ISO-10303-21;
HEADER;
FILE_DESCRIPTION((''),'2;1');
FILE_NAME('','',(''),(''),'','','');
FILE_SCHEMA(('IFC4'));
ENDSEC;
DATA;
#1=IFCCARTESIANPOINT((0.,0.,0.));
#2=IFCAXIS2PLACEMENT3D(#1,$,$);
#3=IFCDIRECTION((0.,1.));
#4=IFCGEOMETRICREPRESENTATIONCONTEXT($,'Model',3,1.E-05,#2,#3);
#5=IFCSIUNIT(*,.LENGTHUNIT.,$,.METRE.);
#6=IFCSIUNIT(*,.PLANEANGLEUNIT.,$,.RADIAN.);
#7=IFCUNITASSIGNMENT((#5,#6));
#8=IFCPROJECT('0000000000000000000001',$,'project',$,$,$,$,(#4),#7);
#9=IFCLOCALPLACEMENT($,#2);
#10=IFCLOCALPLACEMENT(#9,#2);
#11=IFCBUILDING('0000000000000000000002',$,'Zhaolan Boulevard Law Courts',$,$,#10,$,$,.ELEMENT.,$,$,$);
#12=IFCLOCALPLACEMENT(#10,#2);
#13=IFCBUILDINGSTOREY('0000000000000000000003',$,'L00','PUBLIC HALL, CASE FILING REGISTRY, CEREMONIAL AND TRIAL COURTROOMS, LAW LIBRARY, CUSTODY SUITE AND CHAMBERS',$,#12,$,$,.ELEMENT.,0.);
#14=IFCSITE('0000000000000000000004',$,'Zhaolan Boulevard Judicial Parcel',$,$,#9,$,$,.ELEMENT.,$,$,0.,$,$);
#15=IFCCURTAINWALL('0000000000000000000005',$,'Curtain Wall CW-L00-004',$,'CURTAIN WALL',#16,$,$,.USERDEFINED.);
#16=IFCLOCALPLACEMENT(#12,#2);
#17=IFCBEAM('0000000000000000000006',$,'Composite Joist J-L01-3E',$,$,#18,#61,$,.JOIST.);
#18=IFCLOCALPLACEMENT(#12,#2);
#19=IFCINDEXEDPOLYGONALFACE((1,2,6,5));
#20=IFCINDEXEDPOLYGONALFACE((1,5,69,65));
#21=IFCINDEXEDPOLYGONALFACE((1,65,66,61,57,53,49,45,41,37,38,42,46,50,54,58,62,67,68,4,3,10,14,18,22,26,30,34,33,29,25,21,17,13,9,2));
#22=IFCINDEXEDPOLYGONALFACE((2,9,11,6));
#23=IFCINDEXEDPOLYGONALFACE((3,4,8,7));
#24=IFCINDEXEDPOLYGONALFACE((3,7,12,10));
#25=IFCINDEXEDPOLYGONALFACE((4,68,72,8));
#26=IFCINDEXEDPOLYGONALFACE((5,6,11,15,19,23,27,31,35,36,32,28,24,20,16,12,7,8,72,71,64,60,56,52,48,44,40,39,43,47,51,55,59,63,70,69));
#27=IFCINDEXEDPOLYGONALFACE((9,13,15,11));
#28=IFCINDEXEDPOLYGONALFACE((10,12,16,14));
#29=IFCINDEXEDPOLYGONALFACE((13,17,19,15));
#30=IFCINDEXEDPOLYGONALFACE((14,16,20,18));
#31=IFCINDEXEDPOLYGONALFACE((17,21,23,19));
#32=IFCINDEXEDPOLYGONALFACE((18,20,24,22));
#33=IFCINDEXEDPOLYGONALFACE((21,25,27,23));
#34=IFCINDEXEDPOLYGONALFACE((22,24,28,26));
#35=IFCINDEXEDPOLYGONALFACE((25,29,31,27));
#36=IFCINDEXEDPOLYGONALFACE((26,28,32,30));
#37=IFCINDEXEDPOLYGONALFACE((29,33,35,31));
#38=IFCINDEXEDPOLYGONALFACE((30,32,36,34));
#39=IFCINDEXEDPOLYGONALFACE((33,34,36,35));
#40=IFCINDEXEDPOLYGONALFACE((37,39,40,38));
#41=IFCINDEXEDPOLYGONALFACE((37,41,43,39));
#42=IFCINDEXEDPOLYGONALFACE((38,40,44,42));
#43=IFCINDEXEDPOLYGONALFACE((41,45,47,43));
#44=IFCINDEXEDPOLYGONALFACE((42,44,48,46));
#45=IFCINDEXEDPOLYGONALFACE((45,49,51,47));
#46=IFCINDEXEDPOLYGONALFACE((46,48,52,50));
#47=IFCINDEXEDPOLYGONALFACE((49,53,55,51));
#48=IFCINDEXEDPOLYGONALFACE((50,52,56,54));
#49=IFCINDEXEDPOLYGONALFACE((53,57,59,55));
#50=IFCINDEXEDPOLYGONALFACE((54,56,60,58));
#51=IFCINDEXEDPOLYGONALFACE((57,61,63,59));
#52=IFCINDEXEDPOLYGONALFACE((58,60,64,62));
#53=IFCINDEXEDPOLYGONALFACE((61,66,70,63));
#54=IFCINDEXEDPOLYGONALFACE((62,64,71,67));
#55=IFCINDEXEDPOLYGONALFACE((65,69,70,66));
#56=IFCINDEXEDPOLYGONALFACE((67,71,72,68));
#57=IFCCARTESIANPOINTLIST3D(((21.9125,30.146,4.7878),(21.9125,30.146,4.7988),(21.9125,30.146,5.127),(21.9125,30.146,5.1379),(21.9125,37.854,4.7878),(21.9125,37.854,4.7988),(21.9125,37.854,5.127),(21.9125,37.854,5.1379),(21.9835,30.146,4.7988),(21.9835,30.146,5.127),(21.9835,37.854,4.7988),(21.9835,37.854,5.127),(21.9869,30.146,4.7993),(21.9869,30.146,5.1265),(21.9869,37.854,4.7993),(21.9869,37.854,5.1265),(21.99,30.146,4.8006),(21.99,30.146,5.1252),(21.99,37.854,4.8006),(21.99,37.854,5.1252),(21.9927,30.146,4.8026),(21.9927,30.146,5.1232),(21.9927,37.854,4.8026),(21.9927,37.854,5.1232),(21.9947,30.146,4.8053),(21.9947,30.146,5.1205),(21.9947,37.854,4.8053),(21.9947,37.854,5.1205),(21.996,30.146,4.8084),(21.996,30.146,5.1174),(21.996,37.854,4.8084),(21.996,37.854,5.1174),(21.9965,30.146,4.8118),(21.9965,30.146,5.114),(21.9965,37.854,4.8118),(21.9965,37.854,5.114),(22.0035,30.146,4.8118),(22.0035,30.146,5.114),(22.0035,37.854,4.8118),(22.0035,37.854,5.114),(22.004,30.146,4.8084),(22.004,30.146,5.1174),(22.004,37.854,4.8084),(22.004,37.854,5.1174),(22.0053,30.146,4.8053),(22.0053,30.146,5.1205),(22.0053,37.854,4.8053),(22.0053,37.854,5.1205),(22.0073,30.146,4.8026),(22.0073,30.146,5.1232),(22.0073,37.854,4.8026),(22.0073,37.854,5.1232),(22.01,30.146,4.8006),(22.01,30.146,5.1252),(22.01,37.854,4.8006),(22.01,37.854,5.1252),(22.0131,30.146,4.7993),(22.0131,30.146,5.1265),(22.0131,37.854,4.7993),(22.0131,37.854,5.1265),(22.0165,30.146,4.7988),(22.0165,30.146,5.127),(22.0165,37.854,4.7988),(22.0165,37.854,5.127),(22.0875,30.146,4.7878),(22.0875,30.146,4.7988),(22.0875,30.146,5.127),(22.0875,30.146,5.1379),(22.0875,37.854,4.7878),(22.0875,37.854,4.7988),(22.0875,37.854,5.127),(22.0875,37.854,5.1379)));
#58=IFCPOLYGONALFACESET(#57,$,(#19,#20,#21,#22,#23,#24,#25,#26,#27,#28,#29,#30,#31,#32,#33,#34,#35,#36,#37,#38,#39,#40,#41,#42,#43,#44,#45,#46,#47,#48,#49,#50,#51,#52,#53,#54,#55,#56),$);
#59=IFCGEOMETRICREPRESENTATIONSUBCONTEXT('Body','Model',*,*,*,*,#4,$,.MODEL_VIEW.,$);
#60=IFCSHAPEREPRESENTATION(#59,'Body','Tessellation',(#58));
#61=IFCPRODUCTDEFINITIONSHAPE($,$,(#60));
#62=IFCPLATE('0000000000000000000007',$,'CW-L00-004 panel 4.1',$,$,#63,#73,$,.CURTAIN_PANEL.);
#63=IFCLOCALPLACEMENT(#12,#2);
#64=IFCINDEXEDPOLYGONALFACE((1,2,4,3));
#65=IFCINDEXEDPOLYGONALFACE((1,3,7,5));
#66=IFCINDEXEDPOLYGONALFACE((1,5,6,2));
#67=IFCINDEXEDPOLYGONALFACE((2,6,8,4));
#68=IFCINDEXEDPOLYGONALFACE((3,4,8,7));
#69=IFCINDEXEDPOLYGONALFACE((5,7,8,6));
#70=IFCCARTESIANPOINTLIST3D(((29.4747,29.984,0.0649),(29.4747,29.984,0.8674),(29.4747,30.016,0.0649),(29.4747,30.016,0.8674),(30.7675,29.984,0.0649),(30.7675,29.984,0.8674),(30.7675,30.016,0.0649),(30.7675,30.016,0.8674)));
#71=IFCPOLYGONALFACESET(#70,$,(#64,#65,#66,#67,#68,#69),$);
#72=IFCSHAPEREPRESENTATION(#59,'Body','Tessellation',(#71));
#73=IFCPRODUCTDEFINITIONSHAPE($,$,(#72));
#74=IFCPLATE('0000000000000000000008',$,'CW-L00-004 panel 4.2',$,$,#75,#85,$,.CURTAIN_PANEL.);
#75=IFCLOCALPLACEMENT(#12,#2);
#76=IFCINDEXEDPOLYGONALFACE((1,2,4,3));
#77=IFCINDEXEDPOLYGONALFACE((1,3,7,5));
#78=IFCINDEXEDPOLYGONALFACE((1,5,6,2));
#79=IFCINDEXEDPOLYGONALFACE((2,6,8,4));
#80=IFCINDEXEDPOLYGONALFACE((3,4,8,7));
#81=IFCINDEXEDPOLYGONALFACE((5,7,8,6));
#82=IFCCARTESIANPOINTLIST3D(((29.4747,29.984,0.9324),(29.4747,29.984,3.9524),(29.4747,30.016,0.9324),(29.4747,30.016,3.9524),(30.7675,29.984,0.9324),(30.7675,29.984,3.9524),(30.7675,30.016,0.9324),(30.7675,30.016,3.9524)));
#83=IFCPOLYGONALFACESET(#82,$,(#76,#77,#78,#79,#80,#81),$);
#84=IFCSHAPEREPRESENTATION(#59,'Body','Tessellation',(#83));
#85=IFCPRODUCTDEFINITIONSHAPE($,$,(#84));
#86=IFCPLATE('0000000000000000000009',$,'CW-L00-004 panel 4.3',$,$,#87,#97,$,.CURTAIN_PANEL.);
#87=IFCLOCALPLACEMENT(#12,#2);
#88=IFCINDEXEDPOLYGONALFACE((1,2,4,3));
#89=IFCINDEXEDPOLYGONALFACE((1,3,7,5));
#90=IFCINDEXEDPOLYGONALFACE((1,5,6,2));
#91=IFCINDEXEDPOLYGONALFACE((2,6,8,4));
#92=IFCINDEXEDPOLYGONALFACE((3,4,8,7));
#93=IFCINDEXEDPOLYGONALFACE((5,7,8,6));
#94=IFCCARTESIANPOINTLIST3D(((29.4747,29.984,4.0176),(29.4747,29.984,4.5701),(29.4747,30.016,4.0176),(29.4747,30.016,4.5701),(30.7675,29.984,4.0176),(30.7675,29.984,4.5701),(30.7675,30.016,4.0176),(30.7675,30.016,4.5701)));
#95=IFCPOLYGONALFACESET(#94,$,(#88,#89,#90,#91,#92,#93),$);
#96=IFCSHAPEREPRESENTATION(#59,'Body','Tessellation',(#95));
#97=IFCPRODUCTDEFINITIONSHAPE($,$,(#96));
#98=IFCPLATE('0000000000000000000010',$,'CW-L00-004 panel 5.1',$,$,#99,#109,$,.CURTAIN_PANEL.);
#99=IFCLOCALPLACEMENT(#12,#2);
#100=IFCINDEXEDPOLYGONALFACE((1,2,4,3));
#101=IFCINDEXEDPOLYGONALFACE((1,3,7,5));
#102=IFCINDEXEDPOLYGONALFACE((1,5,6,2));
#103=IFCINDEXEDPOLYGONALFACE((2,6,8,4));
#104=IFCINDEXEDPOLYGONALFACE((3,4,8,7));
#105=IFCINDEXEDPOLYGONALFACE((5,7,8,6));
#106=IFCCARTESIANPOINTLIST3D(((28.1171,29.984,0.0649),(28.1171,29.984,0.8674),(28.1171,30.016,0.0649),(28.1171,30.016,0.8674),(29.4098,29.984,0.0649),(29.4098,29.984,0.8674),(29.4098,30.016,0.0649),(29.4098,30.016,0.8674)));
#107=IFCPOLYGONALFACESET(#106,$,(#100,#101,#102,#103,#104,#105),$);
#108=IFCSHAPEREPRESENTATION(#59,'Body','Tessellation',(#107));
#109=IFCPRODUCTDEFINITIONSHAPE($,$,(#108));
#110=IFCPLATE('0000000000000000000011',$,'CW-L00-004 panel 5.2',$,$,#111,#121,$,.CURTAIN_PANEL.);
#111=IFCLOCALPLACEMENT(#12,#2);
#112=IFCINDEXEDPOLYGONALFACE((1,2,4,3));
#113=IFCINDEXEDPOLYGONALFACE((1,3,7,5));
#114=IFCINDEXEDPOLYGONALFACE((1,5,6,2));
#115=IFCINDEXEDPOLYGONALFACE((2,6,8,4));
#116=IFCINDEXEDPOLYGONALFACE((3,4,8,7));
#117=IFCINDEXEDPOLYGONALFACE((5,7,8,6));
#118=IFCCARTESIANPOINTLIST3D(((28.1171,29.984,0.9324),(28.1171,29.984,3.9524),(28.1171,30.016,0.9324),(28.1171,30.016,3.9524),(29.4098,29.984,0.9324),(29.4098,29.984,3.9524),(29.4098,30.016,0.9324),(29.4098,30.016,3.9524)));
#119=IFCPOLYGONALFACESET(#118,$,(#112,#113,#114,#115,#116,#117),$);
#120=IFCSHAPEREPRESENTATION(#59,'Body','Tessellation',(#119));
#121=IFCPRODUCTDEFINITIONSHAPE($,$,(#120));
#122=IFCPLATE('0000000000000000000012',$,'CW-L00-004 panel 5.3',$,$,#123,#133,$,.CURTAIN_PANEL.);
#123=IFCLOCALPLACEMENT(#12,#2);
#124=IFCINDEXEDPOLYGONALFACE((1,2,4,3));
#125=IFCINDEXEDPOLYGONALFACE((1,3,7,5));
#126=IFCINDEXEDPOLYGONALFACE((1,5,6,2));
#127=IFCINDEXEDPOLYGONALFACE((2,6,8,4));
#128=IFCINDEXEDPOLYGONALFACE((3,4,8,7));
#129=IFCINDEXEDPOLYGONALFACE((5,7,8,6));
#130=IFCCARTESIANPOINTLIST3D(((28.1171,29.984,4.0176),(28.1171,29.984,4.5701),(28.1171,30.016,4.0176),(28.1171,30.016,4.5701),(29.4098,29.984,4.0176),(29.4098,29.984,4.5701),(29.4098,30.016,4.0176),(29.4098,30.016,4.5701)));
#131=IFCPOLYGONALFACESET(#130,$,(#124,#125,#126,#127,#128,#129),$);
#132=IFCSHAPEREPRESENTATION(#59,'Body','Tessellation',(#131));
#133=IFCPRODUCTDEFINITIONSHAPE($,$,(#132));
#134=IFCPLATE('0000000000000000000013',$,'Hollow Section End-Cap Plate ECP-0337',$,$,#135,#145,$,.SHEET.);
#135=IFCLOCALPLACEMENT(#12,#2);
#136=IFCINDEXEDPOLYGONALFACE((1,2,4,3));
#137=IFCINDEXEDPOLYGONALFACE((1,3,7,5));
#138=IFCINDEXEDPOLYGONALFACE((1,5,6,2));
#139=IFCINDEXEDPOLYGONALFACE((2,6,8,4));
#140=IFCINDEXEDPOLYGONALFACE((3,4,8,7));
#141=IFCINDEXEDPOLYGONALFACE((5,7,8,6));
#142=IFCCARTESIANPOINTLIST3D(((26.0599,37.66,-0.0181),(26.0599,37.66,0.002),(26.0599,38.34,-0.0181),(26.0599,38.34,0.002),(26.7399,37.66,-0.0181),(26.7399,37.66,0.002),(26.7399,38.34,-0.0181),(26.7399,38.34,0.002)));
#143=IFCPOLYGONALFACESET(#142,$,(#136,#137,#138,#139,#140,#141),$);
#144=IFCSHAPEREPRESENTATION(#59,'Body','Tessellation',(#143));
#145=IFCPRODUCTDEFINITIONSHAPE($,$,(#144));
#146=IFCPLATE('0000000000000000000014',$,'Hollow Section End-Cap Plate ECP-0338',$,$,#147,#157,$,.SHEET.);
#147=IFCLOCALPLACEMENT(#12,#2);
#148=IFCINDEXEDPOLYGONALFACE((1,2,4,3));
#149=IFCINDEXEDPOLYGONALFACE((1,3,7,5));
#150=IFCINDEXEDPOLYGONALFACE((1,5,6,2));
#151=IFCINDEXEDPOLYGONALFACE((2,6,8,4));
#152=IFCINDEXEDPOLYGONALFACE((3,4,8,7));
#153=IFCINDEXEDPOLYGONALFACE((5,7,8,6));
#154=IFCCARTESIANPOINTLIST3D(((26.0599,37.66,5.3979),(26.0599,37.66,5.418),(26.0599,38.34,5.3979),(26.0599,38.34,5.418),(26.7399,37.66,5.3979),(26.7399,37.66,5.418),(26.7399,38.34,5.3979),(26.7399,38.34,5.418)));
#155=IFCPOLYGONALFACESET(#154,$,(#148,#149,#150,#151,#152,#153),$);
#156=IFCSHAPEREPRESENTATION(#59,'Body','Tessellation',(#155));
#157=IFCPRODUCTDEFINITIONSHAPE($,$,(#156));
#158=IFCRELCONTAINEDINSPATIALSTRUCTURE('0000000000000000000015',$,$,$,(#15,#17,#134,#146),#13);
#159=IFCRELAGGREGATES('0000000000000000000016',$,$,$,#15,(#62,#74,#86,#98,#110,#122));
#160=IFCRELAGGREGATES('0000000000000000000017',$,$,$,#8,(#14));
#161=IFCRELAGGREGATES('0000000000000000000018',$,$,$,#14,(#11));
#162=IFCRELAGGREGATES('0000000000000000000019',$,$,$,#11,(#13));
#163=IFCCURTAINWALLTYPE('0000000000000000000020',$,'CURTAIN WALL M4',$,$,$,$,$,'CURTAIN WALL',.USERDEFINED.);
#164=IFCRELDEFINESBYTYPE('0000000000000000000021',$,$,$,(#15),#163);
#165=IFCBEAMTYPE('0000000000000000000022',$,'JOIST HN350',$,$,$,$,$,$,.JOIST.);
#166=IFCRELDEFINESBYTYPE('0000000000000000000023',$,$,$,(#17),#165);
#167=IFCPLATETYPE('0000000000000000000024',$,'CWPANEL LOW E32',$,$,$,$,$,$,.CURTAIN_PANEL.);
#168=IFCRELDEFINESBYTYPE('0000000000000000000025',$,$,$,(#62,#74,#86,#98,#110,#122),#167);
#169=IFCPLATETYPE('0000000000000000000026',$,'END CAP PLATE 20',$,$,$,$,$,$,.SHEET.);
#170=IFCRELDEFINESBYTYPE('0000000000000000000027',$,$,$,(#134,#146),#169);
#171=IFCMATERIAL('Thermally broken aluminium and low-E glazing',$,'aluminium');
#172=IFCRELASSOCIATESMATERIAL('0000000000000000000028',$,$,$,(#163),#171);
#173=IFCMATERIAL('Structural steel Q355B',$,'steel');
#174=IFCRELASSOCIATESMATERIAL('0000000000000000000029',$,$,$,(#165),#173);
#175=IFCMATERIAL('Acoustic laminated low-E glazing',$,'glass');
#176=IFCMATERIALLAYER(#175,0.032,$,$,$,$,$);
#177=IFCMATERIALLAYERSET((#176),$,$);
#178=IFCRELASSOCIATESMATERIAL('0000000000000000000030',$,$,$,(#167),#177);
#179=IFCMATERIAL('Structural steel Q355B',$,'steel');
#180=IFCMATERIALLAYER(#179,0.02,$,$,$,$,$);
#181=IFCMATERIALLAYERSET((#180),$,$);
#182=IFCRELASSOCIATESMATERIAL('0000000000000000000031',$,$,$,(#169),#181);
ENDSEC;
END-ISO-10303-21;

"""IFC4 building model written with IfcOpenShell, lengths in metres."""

from ifc_helpers import new_model, si_unit, direction, frame, origin, origin_2d, place, context, subcontext, project, spatial, rectangle, i_section, extrude, material, layer, layer_set, material_profile, profile_set, type_object, element, aggregate, save


model = new_model("IFC4")

# Units and contexts
model_context = context("Model", 3, precision=1e-05, world=origin(), true_north=direction((0.0, 1.0)))
body_context = subcontext(model_context, "Body", "Model", "MODEL_VIEW")
ifc_project = project(units=[si_unit("LENGTHUNIT", "METRE"), si_unit("PLANEANGLEUNIT", "RADIAN")], contexts=[model_context])

# Site, building, storey
site_placement = place(None, origin())
site = spatial("IfcSite", under=ifc_project, at=site_placement, Name="Zhaolan Boulevard Judicial Parcel", CompositionType="ELEMENT", RefElevation=0.0)
building_placement = place(site_placement, origin())
building = spatial("IfcBuilding", under=site, at=building_placement, Name="Zhaolan Boulevard Law Courts", CompositionType="ELEMENT")
storey_placement = place(building_placement, origin())
storey = spatial("IfcBuildingStorey", under=building, at=storey_placement, Name="L00", Description="PUBLIC HALL, CASE FILING REGISTRY, CEREMONIAL AND TRIAL COURTROOMS, LAW LIBRARY, CUSTODY SUITE AND CHAMBERS", CompositionType="ELEMENT", Elevation=0.0)

# Curtain wall
ifc_material_1 = material(Name="Thermally broken aluminium and low-E glazing", Category="aluminium")
curtain_wall_type = type_object("IfcCurtainWallType", Name="CURTAIN WALL M4", ElementType="CURTAIN WALL", PredefinedType="USERDEFINED", material=ifc_material_1)
curtain_wall_placement = place(storey_placement, origin())
curtain_wall = element("IfcCurtainWall", 1, at=curtain_wall_placement, inside=storey, type_object=curtain_wall_type, Name="Curtain Wall CW-L00-004", ObjectType="CURTAIN WALL", PredefinedType="USERDEFINED")

# Beam
ifc_material_2 = material(Name="Structural steel Q355B", Category="steel")
ifc_material_profile_1 = material_profile(ifc_material_2, i_section(OverallWidth=0.175, OverallDepth=0.3501, WebThickness=0.0071, FlangeThickness=0.011, FilletRadius=0.0129, at=origin_2d()), Name="HN350x175")
ifc_profile_set_1 = profile_set([ifc_material_profile_1], Name="Structural steel Q355B")
beam_type_1 = type_object("IfcBeamType", Name="JOIST HN350", PredefinedType="JOIST", material=ifc_profile_set_1)
beam_1_placement = place(storey_placement, frame((22.0, 30.146, 4.9629), z_axis=(0.0, 1.0, 0.0), x_axis=(-1.0, 0.0, 0.0)))
element("IfcBeam", 2, at=beam_1_placement, inside=storey, type_object=beam_type_1, Name="Composite Joist J-L01-3E", PredefinedType="JOIST", context=body_context, shape_type="SweptSolid", body=[
    extrude(i_section(OverallWidth=0.175, OverallDepth=0.3501, WebThickness=0.0071, FlangeThickness=0.011, FilletRadius=0.0129, at=origin_2d()), origin(), (0.0, 0.0, 1.0), 7.708),
])

# Plates
ifc_material_3 = material(Name="Acoustic laminated low-E glazing", Category="glass")
ifc_layer_1 = layer(ifc_material_3, 0.032)
ifc_layer_set_1 = layer_set([ifc_layer_1])
plate_type_1 = type_object("IfcPlateType", Name="CWPANEL LOW E32", PredefinedType="CURTAIN_PANEL", material=ifc_layer_set_1)
plate_1_placement = place(storey_placement, frame((30.1211, 30.0, 0.0649), z_axis=(0.0, 0.0, 1.0), x_axis=(-1.0, 0.0, 0.0)))
plate_1 = element("IfcPlate", 3, at=plate_1_placement, type_object=plate_type_1, Name="CW-L00-004 panel 4.1", PredefinedType="CURTAIN_PANEL", context=body_context, shape_type="SweptSolid", body=[
    extrude(rectangle(XDim=1.2927, YDim=0.032, at=origin_2d()), origin(), (0.0, 0.0, 1.0), 0.8025),
])
plate_2_placement = place(storey_placement, frame((30.1211, 30.0, 0.9324), z_axis=(0.0, 0.0, 1.0), x_axis=(-1.0, 0.0, 0.0)))
plate_2 = element("IfcPlate", 4, at=plate_2_placement, type_object=plate_type_1, Name="CW-L00-004 panel 4.2", PredefinedType="CURTAIN_PANEL", context=body_context, shape_type="SweptSolid", body=[
    extrude(rectangle(XDim=1.2927, YDim=0.032, at=origin_2d()), origin(), (0.0, 0.0, 1.0), 3.02),
])
plate_3_placement = place(storey_placement, frame((30.1211, 30.0, 4.0176), z_axis=(0.0, 0.0, 1.0), x_axis=(-1.0, 0.0, 0.0)))
plate_3 = element("IfcPlate", 5, at=plate_3_placement, type_object=plate_type_1, Name="CW-L00-004 panel 4.3", PredefinedType="CURTAIN_PANEL", context=body_context, shape_type="SweptSolid", body=[
    extrude(rectangle(XDim=1.2927, YDim=0.032, at=origin_2d()), origin(), (0.0, 0.0, 1.0), 0.5525),
])
plate_4_placement = place(storey_placement, frame((28.7634, 30.0, 0.0649), z_axis=(0.0, 0.0, 1.0), x_axis=(-1.0, 0.0, 0.0)))
plate_4 = element("IfcPlate", 6, at=plate_4_placement, type_object=plate_type_1, Name="CW-L00-004 panel 5.1", PredefinedType="CURTAIN_PANEL", context=body_context, shape_type="SweptSolid", body=[
    extrude(rectangle(XDim=1.2927, YDim=0.032, at=origin_2d()), origin(), (0.0, 0.0, 1.0), 0.8025),
])
plate_5_placement = place(storey_placement, frame((28.7634, 30.0, 0.9324), z_axis=(0.0, 0.0, 1.0), x_axis=(-1.0, 0.0, 0.0)))
plate_5 = element("IfcPlate", 7, at=plate_5_placement, type_object=plate_type_1, Name="CW-L00-004 panel 5.2", PredefinedType="CURTAIN_PANEL", context=body_context, shape_type="SweptSolid", body=[
    extrude(rectangle(XDim=1.2927, YDim=0.032, at=origin_2d()), origin(), (0.0, 0.0, 1.0), 3.02),
])
plate_6_placement = place(storey_placement, frame((28.7634, 30.0, 4.0176), z_axis=(0.0, 0.0, 1.0), x_axis=(-1.0, 0.0, 0.0)))
plate_6 = element("IfcPlate", 8, at=plate_6_placement, type_object=plate_type_1, Name="CW-L00-004 panel 5.3", PredefinedType="CURTAIN_PANEL", context=body_context, shape_type="SweptSolid", body=[
    extrude(rectangle(XDim=1.2927, YDim=0.032, at=origin_2d()), origin(), (0.0, 0.0, 1.0), 0.5525),
])
aggregate(curtain_wall, [plate_1, plate_2, plate_3, plate_4, plate_5, plate_6])

# Plates
ifc_material_4 = material(Name="Structural steel Q355B", Category="steel")
ifc_layer_2 = layer(ifc_material_4, 0.02)
ifc_layer_set_2 = layer_set([ifc_layer_2])
plate_type_2 = type_object("IfcPlateType", Name="END CAP PLATE 20", PredefinedType="SHEET", material=ifc_layer_set_2)
for number, where, z_axis, x_axis, name in (
    (9, (26.3999, 38.0, -0.0181), (0.0, 0.0, 1.0), (1.0, 0.0, 0.0), "Hollow Section End-Cap Plate ECP-0337"),
    (10, (26.3999, 38.0, 5.3979), (0.0, 0.0, 1.0), (1.0, 0.0, 0.0), "Hollow Section End-Cap Plate ECP-0338"),
):
    element("IfcPlate", number, at=place(storey_placement, frame(where, z_axis=z_axis, x_axis=x_axis)), inside=storey, type_object=plate_type_2, Name=name, PredefinedType="SHEET", context=body_context, shape_type="SweptSolid", body=[
        extrude(rectangle(XDim=0.6799, YDim=0.6799, at=origin_2d()), origin(), (0.0, 0.0, 1.0), 0.02),
    ])

save(model, "model.ifc")
